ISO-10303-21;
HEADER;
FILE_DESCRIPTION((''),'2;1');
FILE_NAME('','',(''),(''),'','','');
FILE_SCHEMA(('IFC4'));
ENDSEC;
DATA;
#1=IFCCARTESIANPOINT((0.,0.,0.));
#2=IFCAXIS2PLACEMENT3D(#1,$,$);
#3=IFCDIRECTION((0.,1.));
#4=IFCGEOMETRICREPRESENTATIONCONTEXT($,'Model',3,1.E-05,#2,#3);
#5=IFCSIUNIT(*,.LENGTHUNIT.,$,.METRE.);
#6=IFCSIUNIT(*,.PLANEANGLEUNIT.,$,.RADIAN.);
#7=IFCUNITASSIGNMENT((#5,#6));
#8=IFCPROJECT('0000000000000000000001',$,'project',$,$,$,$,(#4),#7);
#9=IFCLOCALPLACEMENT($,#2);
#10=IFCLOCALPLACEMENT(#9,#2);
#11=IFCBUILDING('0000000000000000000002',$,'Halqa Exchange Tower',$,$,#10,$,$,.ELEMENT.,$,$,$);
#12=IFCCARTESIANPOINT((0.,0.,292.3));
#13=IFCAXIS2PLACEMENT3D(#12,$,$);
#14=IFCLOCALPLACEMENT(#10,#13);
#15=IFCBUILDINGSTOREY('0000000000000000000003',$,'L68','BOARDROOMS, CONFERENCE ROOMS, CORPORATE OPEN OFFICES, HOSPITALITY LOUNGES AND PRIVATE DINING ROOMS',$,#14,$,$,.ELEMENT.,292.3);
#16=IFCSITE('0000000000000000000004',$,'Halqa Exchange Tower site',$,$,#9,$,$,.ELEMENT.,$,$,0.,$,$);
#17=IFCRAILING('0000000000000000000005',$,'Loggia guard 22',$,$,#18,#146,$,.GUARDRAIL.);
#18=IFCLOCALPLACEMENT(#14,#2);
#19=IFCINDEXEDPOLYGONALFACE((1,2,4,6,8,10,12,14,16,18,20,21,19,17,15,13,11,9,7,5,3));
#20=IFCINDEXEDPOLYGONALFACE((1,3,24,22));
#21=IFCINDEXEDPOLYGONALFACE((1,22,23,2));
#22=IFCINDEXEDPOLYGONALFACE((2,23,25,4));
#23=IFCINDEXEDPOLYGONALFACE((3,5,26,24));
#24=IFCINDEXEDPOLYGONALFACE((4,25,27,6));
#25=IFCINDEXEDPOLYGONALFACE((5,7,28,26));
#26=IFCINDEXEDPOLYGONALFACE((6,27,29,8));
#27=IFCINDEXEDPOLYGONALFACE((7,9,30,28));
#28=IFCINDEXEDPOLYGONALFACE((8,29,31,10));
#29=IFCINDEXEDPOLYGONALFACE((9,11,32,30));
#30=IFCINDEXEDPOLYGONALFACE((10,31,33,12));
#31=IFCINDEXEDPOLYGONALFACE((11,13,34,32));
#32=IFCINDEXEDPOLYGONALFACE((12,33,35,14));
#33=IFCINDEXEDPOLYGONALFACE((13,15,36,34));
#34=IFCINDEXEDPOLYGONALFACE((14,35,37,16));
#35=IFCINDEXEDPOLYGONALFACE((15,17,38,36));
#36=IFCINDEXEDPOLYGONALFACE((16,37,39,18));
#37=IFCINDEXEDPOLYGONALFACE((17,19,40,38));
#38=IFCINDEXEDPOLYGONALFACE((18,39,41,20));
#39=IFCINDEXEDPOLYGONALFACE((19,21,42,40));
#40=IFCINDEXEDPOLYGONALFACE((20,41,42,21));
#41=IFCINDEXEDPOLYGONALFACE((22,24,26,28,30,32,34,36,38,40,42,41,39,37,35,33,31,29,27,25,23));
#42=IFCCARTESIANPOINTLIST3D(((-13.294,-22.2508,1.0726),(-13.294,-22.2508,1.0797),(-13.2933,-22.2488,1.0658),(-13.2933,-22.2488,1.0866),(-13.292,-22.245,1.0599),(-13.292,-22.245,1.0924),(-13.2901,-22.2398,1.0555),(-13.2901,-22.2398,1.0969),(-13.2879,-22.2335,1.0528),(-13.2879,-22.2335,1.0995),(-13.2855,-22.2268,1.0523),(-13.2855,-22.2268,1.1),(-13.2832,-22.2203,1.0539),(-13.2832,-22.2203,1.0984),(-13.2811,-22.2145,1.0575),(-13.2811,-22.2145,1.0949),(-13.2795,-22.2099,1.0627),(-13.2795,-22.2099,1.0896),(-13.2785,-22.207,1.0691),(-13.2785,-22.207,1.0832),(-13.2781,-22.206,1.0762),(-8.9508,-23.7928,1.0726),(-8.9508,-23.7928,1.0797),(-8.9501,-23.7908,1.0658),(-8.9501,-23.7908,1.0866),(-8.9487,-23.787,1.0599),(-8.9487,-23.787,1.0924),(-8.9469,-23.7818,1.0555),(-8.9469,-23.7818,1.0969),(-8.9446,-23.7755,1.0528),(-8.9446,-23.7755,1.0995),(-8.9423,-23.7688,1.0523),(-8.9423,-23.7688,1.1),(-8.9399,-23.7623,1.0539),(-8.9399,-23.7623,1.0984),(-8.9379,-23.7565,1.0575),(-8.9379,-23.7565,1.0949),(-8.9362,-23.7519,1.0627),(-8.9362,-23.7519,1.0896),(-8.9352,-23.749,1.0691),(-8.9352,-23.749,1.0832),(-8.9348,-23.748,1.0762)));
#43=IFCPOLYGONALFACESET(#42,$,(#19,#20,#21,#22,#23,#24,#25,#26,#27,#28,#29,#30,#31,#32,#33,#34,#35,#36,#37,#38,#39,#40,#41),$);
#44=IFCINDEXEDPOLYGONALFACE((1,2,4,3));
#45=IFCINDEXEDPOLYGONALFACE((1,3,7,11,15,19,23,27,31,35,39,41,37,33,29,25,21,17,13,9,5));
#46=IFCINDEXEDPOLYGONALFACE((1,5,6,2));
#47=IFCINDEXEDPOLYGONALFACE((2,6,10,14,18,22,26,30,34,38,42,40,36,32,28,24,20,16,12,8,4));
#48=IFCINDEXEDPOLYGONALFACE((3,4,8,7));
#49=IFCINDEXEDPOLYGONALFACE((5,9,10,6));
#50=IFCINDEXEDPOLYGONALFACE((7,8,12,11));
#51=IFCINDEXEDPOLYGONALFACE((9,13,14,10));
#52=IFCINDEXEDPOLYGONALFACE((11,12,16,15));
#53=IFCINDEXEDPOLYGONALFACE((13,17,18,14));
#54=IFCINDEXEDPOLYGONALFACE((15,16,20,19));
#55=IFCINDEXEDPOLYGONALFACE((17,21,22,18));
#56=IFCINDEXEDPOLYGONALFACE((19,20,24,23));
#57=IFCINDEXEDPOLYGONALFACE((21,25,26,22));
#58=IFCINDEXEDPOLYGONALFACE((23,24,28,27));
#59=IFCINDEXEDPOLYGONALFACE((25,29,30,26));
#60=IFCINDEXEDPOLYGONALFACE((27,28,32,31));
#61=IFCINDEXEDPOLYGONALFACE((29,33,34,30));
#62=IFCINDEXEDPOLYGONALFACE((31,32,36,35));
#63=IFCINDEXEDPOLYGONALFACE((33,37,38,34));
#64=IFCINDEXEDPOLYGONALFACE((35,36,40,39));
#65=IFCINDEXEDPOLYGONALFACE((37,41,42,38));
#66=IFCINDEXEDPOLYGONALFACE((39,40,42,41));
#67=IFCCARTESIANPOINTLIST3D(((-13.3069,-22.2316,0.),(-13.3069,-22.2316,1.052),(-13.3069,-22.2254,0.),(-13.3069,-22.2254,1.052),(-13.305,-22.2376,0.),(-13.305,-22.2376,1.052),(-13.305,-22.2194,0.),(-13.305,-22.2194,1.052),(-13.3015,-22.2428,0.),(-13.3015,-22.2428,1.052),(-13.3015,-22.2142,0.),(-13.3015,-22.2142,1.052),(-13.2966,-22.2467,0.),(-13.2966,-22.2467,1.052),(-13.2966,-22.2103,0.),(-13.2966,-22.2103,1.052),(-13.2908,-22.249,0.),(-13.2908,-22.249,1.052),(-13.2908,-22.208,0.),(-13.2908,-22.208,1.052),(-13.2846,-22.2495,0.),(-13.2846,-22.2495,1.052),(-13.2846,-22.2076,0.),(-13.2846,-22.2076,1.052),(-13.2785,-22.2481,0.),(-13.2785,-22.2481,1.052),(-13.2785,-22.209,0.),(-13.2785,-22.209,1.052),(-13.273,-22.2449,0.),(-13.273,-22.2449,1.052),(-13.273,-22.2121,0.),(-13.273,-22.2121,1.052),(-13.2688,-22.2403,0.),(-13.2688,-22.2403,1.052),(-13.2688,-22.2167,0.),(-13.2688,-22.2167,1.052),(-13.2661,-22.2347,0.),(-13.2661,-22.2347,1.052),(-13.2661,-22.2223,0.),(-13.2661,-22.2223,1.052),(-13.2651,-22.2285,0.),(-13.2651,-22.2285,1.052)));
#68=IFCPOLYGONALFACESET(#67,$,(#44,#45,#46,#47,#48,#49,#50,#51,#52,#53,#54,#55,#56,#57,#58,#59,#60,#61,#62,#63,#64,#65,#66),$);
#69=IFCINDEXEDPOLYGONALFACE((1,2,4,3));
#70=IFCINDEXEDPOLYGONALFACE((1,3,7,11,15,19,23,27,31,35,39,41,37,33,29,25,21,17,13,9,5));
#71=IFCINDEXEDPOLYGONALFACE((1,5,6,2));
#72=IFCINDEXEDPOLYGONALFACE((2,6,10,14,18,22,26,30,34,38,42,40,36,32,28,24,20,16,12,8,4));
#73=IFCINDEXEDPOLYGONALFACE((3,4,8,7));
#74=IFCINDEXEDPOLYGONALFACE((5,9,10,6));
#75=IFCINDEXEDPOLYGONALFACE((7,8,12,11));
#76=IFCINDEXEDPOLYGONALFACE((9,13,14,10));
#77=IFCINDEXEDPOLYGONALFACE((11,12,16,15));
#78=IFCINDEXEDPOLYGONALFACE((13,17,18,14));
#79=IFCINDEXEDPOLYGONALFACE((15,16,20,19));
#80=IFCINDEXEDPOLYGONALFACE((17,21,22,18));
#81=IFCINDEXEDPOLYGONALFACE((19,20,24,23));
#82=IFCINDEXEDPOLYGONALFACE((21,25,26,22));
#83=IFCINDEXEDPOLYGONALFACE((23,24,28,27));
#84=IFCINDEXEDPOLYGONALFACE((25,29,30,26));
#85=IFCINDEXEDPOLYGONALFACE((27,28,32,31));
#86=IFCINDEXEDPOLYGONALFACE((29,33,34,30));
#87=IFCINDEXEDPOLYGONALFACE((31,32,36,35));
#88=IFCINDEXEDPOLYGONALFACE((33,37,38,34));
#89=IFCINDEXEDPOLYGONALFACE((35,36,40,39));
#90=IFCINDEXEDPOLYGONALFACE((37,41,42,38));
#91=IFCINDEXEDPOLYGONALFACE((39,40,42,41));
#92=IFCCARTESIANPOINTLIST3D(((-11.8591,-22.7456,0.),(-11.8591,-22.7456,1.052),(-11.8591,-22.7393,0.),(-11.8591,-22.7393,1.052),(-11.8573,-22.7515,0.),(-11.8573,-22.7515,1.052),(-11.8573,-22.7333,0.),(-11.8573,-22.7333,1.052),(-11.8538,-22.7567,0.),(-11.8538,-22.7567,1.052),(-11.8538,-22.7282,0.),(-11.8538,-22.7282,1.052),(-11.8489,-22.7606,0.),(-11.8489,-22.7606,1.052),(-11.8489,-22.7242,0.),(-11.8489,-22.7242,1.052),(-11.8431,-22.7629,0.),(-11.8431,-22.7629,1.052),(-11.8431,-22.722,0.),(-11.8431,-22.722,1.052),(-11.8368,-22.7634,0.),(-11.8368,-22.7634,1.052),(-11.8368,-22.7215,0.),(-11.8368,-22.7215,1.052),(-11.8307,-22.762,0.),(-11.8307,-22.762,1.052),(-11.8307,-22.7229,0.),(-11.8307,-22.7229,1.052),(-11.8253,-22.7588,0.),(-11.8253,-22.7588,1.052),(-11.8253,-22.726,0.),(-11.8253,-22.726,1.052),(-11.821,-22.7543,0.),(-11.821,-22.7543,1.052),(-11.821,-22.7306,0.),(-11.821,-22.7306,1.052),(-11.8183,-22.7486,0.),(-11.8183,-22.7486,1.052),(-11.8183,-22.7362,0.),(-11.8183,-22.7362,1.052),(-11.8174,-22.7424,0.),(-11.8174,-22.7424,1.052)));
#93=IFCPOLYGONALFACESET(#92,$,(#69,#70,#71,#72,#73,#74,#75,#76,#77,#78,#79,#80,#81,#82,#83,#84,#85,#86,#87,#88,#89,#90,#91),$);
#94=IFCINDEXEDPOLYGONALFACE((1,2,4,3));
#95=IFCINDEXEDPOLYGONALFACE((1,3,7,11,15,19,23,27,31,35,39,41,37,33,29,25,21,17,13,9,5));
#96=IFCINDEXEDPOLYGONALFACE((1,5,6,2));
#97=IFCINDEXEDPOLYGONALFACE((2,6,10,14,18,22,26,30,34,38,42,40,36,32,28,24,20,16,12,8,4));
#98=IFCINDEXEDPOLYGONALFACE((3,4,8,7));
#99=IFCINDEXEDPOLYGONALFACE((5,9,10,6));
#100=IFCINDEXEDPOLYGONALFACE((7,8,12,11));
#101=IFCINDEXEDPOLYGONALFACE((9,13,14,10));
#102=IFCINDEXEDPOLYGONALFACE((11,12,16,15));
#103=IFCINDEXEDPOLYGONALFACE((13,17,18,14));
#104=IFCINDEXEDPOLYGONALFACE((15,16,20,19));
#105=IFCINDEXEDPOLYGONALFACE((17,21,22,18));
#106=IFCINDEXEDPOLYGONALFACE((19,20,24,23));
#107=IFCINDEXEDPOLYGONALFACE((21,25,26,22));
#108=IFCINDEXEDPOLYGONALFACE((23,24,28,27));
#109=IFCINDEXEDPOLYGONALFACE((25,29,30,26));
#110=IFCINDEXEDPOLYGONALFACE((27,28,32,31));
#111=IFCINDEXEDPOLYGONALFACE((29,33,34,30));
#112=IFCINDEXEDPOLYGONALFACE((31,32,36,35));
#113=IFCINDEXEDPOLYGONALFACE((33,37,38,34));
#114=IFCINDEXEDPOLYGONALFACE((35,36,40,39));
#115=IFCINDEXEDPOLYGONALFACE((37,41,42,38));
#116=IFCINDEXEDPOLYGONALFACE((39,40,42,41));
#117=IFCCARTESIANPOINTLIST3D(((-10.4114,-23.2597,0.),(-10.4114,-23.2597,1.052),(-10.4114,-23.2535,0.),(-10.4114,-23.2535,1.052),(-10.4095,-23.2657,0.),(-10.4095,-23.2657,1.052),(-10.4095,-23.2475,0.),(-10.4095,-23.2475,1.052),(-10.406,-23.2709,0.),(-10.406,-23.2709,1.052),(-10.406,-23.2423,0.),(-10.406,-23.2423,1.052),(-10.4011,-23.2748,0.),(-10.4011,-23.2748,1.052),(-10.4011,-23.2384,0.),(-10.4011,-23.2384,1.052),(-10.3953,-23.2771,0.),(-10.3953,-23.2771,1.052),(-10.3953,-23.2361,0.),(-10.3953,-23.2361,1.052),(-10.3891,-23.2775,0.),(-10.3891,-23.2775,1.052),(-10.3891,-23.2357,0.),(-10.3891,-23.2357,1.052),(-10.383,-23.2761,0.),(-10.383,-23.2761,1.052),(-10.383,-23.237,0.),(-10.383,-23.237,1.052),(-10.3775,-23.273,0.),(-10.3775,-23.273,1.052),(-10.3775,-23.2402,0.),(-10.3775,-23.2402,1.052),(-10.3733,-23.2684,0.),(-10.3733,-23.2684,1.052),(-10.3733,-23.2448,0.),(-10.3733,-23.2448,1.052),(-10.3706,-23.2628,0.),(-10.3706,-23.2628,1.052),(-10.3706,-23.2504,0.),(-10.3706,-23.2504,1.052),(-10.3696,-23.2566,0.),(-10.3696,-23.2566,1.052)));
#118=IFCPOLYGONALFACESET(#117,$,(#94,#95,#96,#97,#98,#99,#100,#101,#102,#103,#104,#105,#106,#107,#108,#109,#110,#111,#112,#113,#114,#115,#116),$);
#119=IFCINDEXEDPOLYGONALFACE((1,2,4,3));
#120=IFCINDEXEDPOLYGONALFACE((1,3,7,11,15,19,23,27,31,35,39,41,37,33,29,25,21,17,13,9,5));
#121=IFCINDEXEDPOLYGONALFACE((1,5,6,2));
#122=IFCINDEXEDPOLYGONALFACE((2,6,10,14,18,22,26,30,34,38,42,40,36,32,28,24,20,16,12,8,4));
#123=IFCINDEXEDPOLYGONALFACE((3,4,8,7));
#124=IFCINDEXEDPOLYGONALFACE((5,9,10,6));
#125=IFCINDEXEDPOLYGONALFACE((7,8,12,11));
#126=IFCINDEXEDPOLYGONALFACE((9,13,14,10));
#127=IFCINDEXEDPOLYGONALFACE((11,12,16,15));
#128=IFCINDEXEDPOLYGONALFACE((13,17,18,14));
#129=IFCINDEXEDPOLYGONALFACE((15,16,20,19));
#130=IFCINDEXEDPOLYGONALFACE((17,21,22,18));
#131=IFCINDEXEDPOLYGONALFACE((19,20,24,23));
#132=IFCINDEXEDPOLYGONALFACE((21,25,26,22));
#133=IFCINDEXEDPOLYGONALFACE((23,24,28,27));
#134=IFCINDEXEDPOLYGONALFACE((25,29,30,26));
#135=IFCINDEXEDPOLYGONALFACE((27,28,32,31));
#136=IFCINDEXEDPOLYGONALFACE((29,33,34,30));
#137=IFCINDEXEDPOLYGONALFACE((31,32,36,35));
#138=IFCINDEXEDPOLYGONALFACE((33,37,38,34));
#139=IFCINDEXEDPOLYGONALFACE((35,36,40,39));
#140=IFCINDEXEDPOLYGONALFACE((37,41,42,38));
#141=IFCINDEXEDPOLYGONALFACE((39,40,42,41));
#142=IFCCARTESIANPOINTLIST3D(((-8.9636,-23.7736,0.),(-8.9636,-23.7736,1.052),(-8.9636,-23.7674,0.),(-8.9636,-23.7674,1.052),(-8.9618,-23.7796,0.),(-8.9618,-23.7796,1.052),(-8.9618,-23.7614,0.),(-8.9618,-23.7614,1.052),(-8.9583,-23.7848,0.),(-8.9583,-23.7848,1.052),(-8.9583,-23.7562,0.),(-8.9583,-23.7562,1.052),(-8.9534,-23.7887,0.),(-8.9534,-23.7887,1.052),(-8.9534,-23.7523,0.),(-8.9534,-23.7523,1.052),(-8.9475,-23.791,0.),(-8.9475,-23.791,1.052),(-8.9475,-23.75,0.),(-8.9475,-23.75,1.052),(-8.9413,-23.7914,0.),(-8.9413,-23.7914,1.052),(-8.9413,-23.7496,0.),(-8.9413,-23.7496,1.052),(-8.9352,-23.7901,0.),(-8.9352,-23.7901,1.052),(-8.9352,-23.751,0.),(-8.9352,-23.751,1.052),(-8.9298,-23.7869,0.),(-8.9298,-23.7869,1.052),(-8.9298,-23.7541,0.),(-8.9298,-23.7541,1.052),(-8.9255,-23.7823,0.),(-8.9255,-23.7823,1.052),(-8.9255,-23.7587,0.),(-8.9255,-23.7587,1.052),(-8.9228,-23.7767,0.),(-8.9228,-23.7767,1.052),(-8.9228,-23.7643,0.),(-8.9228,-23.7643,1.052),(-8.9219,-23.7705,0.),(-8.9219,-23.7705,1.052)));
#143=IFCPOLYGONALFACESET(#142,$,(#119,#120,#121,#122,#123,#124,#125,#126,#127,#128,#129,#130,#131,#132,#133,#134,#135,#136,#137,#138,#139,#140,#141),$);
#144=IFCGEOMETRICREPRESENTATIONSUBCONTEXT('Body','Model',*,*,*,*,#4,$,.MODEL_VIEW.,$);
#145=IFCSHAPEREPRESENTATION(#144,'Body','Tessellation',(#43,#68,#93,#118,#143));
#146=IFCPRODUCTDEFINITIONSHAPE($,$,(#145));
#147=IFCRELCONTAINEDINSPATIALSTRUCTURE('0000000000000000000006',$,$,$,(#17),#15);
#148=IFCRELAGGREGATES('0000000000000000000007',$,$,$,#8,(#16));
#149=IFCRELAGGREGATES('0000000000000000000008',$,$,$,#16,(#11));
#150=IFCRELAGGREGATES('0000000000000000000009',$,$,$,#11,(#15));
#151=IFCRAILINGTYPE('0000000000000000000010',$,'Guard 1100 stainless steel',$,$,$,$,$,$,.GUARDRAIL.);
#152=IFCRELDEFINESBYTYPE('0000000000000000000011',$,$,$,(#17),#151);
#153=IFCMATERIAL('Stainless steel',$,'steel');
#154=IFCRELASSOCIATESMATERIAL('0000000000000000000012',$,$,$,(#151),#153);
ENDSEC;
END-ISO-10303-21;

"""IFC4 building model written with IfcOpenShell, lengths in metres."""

from ifc_helpers import new_model, si_unit, direction, frame, origin, origin_2d, place, context, subcontext, project, spatial, circle, extrude, material, type_object, element, save


model = new_model("IFC4")

# Units and contexts
model_context = context("Model", 3, precision=1e-05, world=origin(), true_north=direction((0.0, 1.0)))
body_context = subcontext(model_context, "Body", "Model", "MODEL_VIEW")
ifc_project = project(units=[si_unit("LENGTHUNIT", "METRE"), si_unit("PLANEANGLEUNIT", "RADIAN")], contexts=[model_context])

# Site, building, storey
site_placement = place(None, origin())
site = spatial("IfcSite", under=ifc_project, at=site_placement, Name="Halqa Exchange Tower site", CompositionType="ELEMENT", RefElevation=0.0)
building_placement = place(site_placement, origin())
building = spatial("IfcBuilding", under=site, at=building_placement, Name="Halqa Exchange Tower", CompositionType="ELEMENT")
storey_placement = place(building_placement, frame((0.0, 0.0, 292.3)))
storey = spatial("IfcBuildingStorey", under=building, at=storey_placement, Name="L68", Description="BOARDROOMS, CONFERENCE ROOMS, CORPORATE OPEN OFFICES, HOSPITALITY LOUNGES AND PRIVATE DINING ROOMS", CompositionType="ELEMENT", Elevation=292.3)

# Railing
ifc_material_1 = material(Name="Stainless steel", Category="steel")
railing_type = type_object("IfcRailingType", Name="Guard 1100 stainless steel", PredefinedType="GUARDRAIL", material=ifc_material_1)
railing_1_placement = place(storey_placement, frame((-13.2861, -22.2285, 0.0)))
element("IfcRailing", 1, at=railing_1_placement, inside=storey, type_object=railing_type, Name="Loggia guard 22", PredefinedType="GUARDRAIL", context=body_context, shape_type="SweptSolid", body=[
    extrude(circle(Radius=0.0239, at=origin_2d()), frame((0.0, 0.0, 1.0762), z_axis=(0.942371, -0.334571, 0.0), x_axis=(0.334571, 0.942371, 0.0)), (0.0, 0.0, 1.0), 4.6089),
    extrude(circle(Radius=0.021, at=origin_2d()), origin(), (0.0, 0.0, 1.0), 1.052),
    extrude(circle(Radius=0.021, at=origin_2d()), frame((1.4478, -0.5139, 0.0)), (0.0, 0.0, 1.0), 1.052),
    extrude(circle(Radius=0.021, at=origin_2d()), frame((2.8955, -1.0281, 0.0)), (0.0, 0.0, 1.0), 1.052),
    extrude(circle(Radius=0.021, at=origin_2d()), frame((4.3433, -1.542, 0.0)), (0.0, 0.0, 1.0), 1.052),
])

save(model, "model.ifc")
